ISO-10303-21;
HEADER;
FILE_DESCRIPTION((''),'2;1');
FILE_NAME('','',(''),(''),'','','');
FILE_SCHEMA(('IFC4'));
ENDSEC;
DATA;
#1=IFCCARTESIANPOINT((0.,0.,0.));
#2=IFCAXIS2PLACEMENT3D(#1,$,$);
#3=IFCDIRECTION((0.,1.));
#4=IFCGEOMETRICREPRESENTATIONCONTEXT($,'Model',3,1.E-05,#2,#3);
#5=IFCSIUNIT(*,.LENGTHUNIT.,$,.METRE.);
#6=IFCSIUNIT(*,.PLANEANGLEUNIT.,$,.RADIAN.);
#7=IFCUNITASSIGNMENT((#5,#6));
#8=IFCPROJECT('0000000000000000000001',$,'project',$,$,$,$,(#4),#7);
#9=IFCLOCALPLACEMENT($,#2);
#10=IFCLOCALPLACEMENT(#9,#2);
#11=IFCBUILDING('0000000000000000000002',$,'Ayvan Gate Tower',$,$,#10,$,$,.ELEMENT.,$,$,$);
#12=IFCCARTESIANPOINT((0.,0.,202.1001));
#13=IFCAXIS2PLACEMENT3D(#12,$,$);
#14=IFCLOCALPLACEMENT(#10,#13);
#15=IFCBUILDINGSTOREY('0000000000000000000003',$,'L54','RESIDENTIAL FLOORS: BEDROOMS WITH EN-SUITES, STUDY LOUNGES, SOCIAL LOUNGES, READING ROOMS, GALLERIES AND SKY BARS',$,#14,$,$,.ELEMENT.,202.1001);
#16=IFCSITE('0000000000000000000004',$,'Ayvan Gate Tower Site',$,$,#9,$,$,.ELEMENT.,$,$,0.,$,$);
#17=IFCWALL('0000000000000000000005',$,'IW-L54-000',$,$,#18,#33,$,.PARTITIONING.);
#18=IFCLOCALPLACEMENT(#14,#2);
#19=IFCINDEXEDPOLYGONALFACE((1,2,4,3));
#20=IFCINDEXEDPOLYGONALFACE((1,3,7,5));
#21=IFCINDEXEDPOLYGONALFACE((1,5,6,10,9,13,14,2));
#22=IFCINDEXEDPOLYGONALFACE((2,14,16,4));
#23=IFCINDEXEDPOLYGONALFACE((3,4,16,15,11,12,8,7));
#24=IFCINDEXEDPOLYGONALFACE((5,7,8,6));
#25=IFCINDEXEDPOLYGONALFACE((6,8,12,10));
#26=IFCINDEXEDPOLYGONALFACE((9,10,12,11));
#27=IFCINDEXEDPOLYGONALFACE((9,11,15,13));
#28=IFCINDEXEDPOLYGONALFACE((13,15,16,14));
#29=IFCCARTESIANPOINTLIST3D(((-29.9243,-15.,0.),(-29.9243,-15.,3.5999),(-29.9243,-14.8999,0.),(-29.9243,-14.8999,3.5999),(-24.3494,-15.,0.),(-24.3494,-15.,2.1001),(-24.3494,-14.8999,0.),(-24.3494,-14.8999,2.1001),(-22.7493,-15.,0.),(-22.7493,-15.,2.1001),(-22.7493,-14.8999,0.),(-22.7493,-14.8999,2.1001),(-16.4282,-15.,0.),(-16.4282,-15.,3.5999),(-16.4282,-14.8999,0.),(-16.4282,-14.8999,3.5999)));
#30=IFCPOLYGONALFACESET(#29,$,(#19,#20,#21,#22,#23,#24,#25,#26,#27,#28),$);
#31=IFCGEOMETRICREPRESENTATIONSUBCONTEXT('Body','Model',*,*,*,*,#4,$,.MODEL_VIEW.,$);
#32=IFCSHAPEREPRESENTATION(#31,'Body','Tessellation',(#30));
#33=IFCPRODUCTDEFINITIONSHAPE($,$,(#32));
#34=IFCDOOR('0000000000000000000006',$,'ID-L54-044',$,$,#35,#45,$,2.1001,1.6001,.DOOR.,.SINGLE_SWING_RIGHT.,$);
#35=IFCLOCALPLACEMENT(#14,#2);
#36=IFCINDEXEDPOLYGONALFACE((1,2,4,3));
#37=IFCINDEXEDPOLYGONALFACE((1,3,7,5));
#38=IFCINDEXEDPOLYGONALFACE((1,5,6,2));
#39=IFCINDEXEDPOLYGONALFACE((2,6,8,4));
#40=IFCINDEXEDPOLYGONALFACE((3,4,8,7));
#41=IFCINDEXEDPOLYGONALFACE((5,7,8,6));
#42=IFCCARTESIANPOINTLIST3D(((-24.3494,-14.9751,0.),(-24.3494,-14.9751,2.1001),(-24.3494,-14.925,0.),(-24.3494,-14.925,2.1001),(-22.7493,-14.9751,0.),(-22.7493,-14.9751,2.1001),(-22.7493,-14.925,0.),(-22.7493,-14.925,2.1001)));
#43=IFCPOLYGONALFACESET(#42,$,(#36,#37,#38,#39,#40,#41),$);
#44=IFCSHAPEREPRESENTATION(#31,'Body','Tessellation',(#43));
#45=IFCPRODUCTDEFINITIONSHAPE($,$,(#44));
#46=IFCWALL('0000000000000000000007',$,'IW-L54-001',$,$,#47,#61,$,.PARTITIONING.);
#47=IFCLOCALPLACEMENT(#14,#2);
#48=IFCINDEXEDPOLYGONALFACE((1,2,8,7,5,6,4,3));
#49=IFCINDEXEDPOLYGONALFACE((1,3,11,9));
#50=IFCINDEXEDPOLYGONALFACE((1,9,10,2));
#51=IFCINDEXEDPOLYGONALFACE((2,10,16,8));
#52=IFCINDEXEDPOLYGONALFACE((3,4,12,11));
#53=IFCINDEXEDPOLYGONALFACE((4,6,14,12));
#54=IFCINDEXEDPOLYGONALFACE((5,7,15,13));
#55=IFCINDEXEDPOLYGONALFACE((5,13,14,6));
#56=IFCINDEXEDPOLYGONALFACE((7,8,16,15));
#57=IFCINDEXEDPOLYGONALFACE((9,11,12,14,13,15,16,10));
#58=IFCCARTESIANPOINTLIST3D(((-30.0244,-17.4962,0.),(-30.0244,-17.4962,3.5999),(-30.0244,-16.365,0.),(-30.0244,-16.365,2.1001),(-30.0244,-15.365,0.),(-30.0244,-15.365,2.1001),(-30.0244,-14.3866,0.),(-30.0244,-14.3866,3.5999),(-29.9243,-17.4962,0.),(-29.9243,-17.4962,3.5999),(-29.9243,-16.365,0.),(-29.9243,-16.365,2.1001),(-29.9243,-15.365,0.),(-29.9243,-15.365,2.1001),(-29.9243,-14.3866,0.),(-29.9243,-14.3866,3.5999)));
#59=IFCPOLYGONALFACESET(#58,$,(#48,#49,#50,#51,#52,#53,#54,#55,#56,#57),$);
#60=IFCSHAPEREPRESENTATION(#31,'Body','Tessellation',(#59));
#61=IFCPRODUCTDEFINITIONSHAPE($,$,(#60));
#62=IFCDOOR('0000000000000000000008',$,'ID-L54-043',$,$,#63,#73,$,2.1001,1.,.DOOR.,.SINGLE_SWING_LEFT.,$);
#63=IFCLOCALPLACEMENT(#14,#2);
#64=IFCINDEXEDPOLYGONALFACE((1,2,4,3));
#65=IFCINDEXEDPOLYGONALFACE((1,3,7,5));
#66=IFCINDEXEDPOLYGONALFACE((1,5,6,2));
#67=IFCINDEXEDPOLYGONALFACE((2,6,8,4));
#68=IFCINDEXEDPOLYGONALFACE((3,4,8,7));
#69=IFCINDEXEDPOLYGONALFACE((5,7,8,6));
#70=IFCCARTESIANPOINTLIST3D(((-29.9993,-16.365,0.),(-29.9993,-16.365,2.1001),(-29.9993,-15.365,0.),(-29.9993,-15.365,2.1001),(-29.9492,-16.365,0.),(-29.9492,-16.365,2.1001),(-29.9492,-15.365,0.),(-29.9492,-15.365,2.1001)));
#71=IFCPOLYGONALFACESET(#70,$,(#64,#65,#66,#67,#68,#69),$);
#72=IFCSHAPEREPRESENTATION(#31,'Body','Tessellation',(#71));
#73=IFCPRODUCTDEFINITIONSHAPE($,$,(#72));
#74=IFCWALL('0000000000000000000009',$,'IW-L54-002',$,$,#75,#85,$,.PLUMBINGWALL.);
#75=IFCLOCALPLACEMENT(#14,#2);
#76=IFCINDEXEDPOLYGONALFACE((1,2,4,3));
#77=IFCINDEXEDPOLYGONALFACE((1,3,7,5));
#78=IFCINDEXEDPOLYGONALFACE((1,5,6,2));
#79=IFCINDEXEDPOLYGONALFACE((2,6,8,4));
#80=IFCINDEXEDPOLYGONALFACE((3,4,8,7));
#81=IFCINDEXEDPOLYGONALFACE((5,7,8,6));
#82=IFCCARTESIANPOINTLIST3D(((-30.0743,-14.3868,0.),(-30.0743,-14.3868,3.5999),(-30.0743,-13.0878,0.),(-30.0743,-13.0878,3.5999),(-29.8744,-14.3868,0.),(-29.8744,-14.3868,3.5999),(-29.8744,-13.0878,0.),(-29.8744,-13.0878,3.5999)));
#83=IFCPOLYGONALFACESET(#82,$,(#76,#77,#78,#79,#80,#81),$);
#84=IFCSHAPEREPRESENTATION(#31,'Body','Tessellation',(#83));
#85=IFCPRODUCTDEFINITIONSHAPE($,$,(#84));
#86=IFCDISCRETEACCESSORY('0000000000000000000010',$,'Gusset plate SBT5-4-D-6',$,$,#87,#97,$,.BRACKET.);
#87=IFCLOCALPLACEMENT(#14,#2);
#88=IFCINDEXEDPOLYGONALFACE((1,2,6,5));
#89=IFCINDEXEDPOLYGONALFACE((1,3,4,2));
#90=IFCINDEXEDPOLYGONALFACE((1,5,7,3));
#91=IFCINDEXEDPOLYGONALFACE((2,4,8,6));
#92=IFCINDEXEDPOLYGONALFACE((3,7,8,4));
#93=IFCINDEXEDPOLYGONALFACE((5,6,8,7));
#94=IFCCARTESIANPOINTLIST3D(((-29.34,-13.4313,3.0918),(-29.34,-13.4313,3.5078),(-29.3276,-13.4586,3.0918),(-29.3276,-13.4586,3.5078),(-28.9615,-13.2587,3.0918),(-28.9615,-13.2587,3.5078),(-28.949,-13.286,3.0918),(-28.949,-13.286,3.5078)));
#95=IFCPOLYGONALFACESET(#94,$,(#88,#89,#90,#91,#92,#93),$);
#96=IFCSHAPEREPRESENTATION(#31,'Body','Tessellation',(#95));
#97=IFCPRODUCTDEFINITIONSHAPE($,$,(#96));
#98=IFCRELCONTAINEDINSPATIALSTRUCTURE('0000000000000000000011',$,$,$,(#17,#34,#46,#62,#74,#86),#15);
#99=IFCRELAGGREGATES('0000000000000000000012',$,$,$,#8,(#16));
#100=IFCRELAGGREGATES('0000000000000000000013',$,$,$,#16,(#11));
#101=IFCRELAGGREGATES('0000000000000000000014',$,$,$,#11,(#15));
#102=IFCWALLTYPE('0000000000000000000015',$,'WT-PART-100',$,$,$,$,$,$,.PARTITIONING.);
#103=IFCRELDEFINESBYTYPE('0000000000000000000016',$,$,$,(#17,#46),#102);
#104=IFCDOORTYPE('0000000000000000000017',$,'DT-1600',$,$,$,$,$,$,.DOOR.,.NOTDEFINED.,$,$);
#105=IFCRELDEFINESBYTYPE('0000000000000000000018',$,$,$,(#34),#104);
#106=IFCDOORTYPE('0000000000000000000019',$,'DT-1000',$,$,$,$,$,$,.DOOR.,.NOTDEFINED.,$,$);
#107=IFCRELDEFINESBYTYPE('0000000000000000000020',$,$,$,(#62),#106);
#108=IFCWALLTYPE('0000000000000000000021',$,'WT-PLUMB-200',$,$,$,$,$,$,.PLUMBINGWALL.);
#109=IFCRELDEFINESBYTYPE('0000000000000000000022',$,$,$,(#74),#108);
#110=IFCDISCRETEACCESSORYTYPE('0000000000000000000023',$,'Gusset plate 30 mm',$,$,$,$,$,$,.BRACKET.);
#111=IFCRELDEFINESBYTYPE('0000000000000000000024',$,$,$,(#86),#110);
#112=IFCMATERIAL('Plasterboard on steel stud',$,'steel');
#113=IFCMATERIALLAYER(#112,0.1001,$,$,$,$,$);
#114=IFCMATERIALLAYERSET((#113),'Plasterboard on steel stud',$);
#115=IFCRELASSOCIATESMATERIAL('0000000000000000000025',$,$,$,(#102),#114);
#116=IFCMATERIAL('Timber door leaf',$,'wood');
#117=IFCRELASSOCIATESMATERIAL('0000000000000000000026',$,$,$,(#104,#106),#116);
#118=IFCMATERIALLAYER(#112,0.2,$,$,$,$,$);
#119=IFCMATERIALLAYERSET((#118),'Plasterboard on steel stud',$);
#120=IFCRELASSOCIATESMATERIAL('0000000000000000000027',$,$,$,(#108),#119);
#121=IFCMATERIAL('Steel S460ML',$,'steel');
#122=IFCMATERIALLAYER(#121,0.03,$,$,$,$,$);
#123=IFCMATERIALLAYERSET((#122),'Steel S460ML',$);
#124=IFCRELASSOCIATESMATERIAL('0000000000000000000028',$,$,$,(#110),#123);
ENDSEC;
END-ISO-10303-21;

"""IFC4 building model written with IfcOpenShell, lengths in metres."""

from ifc_helpers import new_model, si_unit, direction, frame, frame_2d, origin, origin_2d, place, context, subcontext, project, spatial, rectangle, extrude, material, layer, layer_set, type_object, element, fill, save


model = new_model("IFC4")

# Units and contexts
model_context = context("Model", 3, precision=1e-05, world=origin(), true_north=direction((0.0, 1.0)))
body_context = subcontext(model_context, "Body", "Model", "MODEL_VIEW")
ifc_project = project(units=[si_unit("LENGTHUNIT", "METRE"), si_unit("PLANEANGLEUNIT", "RADIAN")], contexts=[model_context])

# Site, building, storey
site_placement = place(None, origin())
site = spatial("IfcSite", under=ifc_project, at=site_placement, Name="Ayvan Gate Tower Site", CompositionType="ELEMENT", RefElevation=0.0)
building_placement = place(site_placement, origin())
building = spatial("IfcBuilding", under=site, at=building_placement, Name="Ayvan Gate Tower", CompositionType="ELEMENT")
storey_placement = place(building_placement, frame((0.0, 0.0, 202.1001)))
storey = spatial("IfcBuildingStorey", under=building, at=storey_placement, Name="L54", Description="RESIDENTIAL FLOORS: BEDROOMS WITH EN-SUITES, STUDY LOUNGES, SOCIAL LOUNGES, READING ROOMS, GALLERIES AND SKY BARS", CompositionType="ELEMENT", Elevation=202.1001)

# Shared definitions
ifc_material_1 = material(Name="Steel S460ML", Category="steel")

# Walls, openings, doors
ifc_material_2 = material(Name="Plasterboard on steel stud", Category="steel")
ifc_layer_1 = layer(ifc_material_2, 0.1001)
ifc_layer_set_1 = layer_set([ifc_layer_1], Name="Plasterboard on steel stud")
wall_type_1 = type_object("IfcWallType", Name="WT-PART-100", PredefinedType="PARTITIONING", material=ifc_layer_set_1)
wall_1_placement = place(storey_placement, frame((-29.9243, -14.95, 0.0), z_axis=(0.0, 0.0, 1.0), x_axis=(1.0, 0.0, 0.0)))
wall_1 = element("IfcWall", 1, at=wall_1_placement, inside=storey, type_object=wall_type_1, Name="IW-L54-000", PredefinedType="PARTITIONING", context=body_context, shape_type="SweptSolid", body=[
    extrude(rectangle(XDim=13.4961, YDim=0.1001, at=frame_2d((6.748, 0.0))), origin(), (0.0, 0.0, 1.0), 3.5999),
])
opening_1_placement = place(wall_1_placement, frame((5.575, 0.0, 0.0)))
opening_1 = element("IfcOpeningElement", 2, at=opening_1_placement, cuts=wall_1, PredefinedType="OPENING", context=body_context, shape_type="SweptSolid", body=[
    extrude(rectangle(XDim=1.6001, YDim=2.1001, at=frame_2d((0.8, 1.05))), frame((0.0, 0.0601, 0.0), z_axis=(0.0, -1.0, 0.0), x_axis=(1.0, 0.0, 0.0)), (0.0, 0.0, 1.0), 0.1201),
])
ifc_material_3 = material(Name="Timber door leaf", Category="wood")
door_type_1 = type_object("IfcDoorType", Name="DT-1600", OperationType="NOTDEFINED", PredefinedType="DOOR", material=ifc_material_3)
door_1_placement = place(opening_1_placement, origin())
door_1 = element("IfcDoor", 3, at=door_1_placement, inside=storey, type_object=door_type_1, Name="ID-L54-044", OperationType="SINGLE_SWING_RIGHT", OverallHeight=2.1001, OverallWidth=1.6001, PredefinedType="DOOR", context=body_context, shape_type="SweptSolid", body=[
    extrude(rectangle(XDim=1.6001, YDim=2.1001, at=frame_2d((0.8, 1.05))), frame((0.0, 0.0249, 0.0), z_axis=(0.0, -1.0, 0.0), x_axis=(1.0, 0.0, 0.0)), (0.0, 0.0, 1.0), 0.05),
])
fill(opening_1, door_1)
wall_2_placement = place(storey_placement, frame((-29.9744, -17.4961, 0.0), z_axis=(0.0, 0.0, 1.0), x_axis=(0.0, 1.0, 0.0)))
wall_2 = element("IfcWall", 4, at=wall_2_placement, inside=storey, type_object=wall_type_1, Name="IW-L54-001", PredefinedType="PARTITIONING", context=body_context, shape_type="SweptSolid", body=[
    extrude(rectangle(XDim=3.1096, YDim=0.1001, at=frame_2d((1.5547, 0.0))), origin(), (0.0, 0.0, 1.0), 3.5999),
])
opening_2_placement = place(wall_2_placement, frame((1.1311, 0.0, 0.0)))
opening_2 = element("IfcOpeningElement", 5, at=opening_2_placement, cuts=wall_2, PredefinedType="OPENING", context=body_context, shape_type="SweptSolid", body=[
    extrude(rectangle(XDim=1.0, YDim=2.1001, at=frame_2d((0.5, 1.05))), frame((0.0, 0.0601, 0.0), z_axis=(0.0, -1.0, 0.0), x_axis=(1.0, 0.0, 0.0)), (0.0, 0.0, 1.0), 0.1201),
])
door_type_2 = type_object("IfcDoorType", Name="DT-1000", OperationType="NOTDEFINED", PredefinedType="DOOR", material=ifc_material_3)
door_2_placement = place(opening_2_placement, origin())
door_2 = element("IfcDoor", 6, at=door_2_placement, inside=storey, type_object=door_type_2, Name="ID-L54-043", OperationType="SINGLE_SWING_LEFT", OverallHeight=2.1001, OverallWidth=1.0, PredefinedType="DOOR", context=body_context, shape_type="SweptSolid", body=[
    extrude(rectangle(XDim=1.0, YDim=2.1001, at=frame_2d((0.5, 1.05))), frame((0.0, 0.0249, 0.0), z_axis=(0.0, -1.0, 0.0), x_axis=(1.0, 0.0, 0.0)), (0.0, 0.0, 1.0), 0.05),
])
fill(opening_2, door_2)

# Wall
ifc_layer_2 = layer(ifc_material_2, 0.2)
ifc_layer_set_2 = layer_set([ifc_layer_2], Name="Plasterboard on steel stud")
wall_type_2 = type_object("IfcWallType", Name="WT-PLUMB-200", PredefinedType="PLUMBINGWALL", material=ifc_layer_set_2)
wall_3_placement = place(storey_placement, frame((-29.9744, -14.3867, 0.0), z_axis=(0.0, 0.0, 1.0), x_axis=(0.0, 1.0, 0.0)))
element("IfcWall", 7, at=wall_3_placement, inside=storey, type_object=wall_type_2, Name="IW-L54-002", PredefinedType="PLUMBINGWALL", context=body_context, shape_type="SweptSolid", body=[
    extrude(rectangle(XDim=1.2991, YDim=0.2, at=frame_2d((0.6494, 0.0))), origin(), (0.0, 0.0, 1.0), 3.5999),
])

# Discrete accessory
ifc_layer_3 = layer(ifc_material_1, 0.03)
ifc_layer_set_3 = layer_set([ifc_layer_3], Name="Steel S460ML")
discrete_accessory_type = type_object("IfcDiscreteAccessoryType", Name="Gusset plate 30 mm", PredefinedType="BRACKET", material=ifc_layer_set_3)
discrete_accessory_placement = place(storey_placement, frame((-29.1445, -13.3586, 3.0918), z_axis=(0.0, 0.0, 1.0), x_axis=(0.909853, 0.41493, 0.0)))
element("IfcDiscreteAccessory", 8, at=discrete_accessory_placement, inside=storey, type_object=discrete_accessory_type, Name="Gusset plate SBT5-4-D-6", PredefinedType="BRACKET", context=body_context, shape_type="SweptSolid", body=[
    extrude(rectangle(XDim=0.416, YDim=0.03, at=origin_2d()), origin(), (0.0, 0.0, 1.0), 0.416),
])

save(model, "model.ifc")
